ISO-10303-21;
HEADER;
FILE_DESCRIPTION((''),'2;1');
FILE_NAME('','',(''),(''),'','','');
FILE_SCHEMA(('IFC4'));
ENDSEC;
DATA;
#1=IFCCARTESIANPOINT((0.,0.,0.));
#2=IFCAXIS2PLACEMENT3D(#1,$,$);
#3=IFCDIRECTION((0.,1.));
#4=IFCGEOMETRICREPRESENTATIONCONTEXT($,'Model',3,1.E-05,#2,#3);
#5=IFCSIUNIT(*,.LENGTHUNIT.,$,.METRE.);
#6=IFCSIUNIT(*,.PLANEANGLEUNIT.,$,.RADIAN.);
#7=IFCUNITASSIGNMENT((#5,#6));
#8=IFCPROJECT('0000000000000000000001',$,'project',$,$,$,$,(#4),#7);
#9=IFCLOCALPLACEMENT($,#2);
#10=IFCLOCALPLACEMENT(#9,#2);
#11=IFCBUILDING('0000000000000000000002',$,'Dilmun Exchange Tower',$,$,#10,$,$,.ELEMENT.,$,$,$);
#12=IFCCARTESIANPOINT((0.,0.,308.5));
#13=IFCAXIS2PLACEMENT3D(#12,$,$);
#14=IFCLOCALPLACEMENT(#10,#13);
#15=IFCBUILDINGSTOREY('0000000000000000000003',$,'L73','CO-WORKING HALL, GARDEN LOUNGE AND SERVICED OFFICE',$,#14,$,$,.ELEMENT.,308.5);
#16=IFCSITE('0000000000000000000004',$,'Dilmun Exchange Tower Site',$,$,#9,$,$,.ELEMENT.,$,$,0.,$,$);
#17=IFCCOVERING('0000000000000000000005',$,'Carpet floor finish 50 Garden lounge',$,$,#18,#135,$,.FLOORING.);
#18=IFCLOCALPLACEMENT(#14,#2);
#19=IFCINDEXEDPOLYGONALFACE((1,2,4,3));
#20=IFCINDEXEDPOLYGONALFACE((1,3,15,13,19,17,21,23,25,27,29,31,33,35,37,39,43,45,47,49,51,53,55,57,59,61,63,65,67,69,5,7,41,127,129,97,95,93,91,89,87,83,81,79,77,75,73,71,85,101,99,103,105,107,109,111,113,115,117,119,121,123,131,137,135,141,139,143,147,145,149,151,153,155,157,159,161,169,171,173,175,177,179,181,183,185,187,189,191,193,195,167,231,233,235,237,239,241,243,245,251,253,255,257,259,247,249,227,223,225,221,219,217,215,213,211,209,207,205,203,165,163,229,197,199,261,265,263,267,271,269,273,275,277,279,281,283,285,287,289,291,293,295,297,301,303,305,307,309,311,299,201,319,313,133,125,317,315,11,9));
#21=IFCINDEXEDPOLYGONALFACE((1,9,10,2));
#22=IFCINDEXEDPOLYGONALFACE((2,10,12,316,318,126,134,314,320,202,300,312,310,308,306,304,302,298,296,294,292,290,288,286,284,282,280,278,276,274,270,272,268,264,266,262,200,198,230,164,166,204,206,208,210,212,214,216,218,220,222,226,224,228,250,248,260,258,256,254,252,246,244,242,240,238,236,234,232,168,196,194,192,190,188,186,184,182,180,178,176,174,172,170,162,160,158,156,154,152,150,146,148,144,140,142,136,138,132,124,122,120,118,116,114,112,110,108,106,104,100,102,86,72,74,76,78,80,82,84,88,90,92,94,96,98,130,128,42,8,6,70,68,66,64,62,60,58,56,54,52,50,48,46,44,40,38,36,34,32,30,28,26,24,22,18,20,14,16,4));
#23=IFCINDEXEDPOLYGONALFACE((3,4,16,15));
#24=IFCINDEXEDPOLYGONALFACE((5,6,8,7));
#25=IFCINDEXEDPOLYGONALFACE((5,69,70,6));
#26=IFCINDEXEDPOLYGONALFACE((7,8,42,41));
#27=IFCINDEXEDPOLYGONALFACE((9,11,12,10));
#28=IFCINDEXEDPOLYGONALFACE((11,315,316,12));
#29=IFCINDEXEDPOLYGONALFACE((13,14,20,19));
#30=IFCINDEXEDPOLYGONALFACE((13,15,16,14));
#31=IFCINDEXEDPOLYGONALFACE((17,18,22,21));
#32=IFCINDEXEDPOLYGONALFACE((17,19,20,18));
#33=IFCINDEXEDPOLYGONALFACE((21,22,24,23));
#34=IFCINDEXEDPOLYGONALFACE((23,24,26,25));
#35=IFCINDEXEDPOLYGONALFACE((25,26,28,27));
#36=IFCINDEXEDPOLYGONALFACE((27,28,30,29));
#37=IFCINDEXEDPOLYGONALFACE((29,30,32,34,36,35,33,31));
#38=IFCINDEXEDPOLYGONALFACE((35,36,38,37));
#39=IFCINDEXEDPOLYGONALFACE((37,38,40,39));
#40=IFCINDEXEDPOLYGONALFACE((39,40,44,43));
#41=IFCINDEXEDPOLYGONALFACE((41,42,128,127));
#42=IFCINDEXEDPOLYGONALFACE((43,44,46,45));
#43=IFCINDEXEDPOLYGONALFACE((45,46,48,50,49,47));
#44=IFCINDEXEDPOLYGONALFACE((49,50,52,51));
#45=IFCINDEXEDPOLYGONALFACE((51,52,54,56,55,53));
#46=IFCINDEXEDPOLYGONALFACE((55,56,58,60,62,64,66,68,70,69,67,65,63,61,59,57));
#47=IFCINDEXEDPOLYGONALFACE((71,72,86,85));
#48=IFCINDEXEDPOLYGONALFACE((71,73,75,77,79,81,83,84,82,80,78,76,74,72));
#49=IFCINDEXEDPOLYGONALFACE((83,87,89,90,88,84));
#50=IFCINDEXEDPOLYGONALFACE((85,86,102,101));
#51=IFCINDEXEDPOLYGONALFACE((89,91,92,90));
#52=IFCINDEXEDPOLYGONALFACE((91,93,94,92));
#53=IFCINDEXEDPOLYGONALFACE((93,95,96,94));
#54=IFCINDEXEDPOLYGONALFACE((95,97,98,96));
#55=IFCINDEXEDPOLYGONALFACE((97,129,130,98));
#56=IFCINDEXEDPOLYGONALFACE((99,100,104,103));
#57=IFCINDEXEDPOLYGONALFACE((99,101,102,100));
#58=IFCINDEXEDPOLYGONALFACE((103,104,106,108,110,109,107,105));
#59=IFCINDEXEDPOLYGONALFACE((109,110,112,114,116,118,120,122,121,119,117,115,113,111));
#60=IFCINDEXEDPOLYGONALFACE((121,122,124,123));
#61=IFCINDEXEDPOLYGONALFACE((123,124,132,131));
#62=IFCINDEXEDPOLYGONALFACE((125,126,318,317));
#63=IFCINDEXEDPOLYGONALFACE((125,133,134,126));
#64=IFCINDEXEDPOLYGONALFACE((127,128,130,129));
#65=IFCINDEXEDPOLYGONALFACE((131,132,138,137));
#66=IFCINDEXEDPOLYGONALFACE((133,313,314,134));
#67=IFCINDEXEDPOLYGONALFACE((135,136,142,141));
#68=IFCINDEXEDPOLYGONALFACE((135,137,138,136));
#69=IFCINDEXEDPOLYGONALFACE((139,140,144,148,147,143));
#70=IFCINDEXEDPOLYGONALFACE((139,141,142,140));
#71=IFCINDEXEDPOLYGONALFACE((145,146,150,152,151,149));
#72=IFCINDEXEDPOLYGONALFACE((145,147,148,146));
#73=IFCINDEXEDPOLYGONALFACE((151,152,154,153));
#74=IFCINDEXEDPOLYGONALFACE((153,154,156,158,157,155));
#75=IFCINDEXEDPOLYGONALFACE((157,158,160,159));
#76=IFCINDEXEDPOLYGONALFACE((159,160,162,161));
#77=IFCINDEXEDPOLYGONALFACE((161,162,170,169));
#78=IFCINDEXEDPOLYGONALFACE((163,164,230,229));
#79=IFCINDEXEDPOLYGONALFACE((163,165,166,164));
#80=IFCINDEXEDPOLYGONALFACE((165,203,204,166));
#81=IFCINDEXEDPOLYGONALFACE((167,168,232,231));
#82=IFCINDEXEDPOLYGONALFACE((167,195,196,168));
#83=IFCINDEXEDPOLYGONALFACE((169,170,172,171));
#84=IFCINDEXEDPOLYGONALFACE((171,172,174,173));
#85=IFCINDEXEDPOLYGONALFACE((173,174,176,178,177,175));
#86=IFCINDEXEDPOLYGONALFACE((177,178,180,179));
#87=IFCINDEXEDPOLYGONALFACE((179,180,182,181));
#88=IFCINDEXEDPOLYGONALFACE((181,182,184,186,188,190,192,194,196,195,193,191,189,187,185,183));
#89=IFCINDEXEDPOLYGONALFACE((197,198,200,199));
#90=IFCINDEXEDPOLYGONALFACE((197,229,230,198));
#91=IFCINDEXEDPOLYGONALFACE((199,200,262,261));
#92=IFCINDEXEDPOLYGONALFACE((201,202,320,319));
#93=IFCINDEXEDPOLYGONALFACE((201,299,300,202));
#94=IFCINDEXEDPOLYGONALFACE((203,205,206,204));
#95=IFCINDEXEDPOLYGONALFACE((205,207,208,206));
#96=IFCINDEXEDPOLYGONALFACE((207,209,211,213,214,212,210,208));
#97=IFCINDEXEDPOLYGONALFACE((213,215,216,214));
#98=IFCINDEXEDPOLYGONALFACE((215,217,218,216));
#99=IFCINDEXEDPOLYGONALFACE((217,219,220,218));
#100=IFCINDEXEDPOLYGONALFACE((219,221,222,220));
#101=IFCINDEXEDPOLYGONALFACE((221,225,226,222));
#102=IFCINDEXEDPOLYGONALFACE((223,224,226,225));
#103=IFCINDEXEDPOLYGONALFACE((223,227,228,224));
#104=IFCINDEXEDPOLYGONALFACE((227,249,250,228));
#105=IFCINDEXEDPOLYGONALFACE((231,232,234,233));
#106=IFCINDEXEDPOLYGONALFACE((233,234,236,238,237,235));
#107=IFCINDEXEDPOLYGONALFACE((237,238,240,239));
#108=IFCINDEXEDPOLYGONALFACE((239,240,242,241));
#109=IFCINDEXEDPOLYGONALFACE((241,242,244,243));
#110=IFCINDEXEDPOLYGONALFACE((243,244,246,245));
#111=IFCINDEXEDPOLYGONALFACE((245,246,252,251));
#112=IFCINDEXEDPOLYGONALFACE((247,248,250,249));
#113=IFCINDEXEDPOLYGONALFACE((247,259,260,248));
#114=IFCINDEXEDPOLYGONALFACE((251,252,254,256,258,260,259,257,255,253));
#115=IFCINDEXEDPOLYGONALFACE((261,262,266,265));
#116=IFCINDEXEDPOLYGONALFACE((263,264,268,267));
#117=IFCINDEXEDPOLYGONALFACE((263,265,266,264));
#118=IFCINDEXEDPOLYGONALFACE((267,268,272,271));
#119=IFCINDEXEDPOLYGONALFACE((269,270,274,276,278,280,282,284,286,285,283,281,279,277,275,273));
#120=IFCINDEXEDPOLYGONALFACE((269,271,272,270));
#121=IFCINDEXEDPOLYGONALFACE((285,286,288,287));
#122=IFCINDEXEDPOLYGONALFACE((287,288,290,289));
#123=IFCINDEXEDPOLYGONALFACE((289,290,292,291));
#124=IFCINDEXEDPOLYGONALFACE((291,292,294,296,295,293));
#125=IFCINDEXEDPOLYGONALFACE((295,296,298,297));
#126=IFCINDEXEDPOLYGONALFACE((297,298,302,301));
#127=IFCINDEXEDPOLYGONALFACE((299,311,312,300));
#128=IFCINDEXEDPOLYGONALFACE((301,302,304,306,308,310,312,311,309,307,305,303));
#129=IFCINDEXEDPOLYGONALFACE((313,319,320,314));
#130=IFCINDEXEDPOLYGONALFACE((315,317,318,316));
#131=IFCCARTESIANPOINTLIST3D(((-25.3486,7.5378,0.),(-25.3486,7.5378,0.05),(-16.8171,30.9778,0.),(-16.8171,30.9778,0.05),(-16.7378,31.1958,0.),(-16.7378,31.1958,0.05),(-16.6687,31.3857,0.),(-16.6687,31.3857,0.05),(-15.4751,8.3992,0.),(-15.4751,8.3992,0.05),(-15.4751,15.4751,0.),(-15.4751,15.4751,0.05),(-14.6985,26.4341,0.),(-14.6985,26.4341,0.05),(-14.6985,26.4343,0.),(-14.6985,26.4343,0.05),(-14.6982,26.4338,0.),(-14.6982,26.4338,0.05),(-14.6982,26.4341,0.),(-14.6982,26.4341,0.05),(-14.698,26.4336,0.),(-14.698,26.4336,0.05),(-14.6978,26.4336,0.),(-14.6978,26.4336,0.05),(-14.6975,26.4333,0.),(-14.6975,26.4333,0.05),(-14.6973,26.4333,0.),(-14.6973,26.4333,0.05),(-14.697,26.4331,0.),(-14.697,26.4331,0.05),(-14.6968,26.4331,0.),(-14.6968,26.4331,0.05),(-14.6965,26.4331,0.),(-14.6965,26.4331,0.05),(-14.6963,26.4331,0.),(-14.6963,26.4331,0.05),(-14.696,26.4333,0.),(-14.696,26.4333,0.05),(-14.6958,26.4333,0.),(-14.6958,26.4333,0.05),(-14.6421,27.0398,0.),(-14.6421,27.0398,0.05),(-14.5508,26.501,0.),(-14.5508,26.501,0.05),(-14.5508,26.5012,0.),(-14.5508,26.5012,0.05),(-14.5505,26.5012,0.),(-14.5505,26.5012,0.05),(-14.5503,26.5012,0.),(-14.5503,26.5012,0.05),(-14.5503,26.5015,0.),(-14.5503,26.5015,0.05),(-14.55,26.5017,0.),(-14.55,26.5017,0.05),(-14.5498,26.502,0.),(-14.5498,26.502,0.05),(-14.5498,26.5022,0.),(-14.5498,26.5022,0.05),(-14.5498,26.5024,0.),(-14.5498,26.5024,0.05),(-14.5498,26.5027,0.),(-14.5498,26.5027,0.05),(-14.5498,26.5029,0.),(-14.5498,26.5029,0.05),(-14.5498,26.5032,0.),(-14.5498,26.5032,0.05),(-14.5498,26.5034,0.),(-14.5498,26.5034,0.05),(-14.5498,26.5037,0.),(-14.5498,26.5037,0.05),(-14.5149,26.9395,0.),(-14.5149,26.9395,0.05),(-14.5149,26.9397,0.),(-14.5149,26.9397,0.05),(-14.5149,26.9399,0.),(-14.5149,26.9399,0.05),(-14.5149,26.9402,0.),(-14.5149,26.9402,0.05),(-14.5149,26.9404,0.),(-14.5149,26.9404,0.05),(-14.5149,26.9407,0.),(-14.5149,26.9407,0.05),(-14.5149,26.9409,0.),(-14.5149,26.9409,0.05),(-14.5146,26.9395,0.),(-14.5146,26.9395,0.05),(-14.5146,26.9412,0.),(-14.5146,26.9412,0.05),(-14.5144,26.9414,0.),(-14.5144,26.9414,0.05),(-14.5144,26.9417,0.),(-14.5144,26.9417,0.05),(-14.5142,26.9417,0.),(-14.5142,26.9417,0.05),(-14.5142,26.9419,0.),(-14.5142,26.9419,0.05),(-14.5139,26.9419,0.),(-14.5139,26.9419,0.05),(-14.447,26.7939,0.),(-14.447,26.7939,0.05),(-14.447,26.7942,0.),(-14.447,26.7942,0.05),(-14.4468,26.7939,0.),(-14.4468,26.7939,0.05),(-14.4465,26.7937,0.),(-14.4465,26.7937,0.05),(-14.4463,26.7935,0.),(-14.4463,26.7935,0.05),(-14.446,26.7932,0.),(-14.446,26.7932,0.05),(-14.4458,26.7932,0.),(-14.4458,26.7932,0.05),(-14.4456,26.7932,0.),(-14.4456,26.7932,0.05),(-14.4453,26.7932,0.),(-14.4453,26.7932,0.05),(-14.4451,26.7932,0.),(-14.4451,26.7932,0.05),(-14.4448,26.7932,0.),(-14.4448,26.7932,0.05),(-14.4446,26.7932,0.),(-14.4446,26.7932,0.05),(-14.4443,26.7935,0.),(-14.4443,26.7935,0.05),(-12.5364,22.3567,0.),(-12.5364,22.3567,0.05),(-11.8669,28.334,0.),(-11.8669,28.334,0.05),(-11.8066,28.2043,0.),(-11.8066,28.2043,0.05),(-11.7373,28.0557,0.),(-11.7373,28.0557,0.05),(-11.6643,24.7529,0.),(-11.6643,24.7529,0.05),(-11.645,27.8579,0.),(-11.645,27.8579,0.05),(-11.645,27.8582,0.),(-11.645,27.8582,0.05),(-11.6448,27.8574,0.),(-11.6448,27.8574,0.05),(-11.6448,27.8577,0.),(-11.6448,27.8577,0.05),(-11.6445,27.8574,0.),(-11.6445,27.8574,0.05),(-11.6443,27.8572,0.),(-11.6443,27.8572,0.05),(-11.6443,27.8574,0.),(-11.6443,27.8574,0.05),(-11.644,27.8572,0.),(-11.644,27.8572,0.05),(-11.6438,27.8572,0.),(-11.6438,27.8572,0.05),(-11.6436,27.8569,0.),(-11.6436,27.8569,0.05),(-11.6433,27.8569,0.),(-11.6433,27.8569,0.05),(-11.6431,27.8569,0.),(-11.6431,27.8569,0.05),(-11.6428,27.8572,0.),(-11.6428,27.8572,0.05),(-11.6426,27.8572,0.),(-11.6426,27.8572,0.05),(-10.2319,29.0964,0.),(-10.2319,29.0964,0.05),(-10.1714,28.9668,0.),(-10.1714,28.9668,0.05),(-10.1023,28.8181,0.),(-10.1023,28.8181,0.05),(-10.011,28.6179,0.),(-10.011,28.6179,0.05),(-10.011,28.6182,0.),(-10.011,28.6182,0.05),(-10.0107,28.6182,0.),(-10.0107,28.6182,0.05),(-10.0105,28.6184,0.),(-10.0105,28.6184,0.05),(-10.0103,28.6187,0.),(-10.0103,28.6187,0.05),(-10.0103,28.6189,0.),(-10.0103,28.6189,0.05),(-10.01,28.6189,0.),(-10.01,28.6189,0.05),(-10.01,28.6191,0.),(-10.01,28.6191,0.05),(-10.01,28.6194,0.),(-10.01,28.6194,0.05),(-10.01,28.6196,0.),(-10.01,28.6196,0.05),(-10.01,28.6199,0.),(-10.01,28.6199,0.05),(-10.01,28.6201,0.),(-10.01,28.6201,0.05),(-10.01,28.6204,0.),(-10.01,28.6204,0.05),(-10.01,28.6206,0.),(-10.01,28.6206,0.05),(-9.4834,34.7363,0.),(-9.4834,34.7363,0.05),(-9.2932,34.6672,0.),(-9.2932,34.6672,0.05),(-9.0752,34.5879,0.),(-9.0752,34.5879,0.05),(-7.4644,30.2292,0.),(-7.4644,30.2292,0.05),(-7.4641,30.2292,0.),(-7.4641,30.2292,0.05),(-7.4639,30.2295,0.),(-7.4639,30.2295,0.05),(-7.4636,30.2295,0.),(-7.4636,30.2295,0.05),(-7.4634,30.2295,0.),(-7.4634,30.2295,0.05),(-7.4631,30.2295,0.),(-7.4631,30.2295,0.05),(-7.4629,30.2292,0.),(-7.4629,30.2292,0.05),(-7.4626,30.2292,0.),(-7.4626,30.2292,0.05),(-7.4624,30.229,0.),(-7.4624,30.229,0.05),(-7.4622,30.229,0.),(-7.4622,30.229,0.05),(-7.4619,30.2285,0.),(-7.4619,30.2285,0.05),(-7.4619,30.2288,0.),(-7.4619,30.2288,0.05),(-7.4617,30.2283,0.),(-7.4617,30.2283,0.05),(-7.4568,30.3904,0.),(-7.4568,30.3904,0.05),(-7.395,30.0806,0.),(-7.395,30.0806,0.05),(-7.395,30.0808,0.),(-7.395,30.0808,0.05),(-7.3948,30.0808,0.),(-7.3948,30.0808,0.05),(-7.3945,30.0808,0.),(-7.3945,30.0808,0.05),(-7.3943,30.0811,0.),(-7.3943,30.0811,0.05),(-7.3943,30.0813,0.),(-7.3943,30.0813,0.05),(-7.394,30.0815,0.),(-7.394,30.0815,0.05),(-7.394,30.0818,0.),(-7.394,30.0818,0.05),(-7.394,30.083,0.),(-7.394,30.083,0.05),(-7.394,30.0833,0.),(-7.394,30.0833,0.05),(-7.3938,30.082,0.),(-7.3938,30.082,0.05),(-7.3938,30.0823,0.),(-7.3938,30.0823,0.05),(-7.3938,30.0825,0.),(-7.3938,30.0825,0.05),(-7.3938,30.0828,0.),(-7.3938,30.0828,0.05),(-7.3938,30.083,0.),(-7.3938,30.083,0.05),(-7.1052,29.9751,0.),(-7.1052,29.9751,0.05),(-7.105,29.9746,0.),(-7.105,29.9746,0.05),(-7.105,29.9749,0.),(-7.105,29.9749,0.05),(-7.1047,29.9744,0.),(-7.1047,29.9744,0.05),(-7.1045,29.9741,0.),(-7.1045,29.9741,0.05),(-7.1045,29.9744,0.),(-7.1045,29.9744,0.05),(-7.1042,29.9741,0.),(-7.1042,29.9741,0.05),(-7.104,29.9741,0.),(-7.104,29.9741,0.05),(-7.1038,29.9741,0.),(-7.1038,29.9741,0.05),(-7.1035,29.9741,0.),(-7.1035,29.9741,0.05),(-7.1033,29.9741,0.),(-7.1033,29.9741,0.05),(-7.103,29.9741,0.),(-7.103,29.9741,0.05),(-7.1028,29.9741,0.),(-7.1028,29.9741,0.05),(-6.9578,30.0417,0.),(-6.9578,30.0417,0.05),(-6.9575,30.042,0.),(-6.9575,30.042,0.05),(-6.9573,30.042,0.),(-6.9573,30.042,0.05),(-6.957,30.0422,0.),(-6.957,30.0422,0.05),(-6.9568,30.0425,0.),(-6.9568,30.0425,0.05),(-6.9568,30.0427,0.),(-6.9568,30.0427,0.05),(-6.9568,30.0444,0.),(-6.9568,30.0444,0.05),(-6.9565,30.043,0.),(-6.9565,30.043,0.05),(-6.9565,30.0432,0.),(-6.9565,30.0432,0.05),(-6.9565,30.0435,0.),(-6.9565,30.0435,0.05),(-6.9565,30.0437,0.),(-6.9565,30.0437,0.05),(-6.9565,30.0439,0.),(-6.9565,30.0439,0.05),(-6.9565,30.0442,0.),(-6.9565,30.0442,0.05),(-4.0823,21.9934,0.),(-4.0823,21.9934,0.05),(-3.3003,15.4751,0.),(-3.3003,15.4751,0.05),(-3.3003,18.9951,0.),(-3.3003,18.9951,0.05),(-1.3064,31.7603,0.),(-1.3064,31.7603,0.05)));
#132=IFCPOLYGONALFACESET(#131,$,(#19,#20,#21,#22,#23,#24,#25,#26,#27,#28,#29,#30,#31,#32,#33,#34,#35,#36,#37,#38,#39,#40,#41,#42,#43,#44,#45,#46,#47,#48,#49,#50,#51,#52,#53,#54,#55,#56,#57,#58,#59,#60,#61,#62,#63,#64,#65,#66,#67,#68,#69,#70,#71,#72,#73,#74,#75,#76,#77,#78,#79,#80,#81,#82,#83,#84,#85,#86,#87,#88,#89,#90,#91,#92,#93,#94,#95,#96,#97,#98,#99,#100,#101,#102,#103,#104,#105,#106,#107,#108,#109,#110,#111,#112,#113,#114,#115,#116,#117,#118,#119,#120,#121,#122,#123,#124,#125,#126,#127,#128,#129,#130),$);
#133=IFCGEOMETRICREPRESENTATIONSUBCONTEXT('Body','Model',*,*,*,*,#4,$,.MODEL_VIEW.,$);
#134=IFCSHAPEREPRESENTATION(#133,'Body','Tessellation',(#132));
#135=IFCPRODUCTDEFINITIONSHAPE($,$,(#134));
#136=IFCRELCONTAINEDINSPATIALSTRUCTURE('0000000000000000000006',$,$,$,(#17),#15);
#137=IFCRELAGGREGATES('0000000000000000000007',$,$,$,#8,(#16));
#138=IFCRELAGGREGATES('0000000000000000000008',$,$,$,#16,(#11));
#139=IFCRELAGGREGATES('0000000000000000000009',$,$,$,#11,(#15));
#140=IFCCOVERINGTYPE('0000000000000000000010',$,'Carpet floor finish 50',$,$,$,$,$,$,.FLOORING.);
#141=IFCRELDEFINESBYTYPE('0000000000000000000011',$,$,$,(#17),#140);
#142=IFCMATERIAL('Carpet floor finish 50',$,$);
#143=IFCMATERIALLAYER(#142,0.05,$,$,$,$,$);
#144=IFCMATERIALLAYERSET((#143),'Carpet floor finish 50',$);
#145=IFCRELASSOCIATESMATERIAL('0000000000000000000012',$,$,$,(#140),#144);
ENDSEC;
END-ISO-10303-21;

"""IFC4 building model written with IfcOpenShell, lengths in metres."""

from ifc_helpers import new_model, si_unit, direction, frame, origin, place, context, subcontext, project, spatial, polyline, outline, extrude, material, layer, layer_set, type_object, element, save


model = new_model("IFC4")

# Units and contexts
model_context = context("Model", 3, precision=1e-05, world=origin(), true_north=direction((0.0, 1.0)))
body_context = subcontext(model_context, "Body", "Model", "MODEL_VIEW")
ifc_project = project(units=[si_unit("LENGTHUNIT", "METRE"), si_unit("PLANEANGLEUNIT", "RADIAN")], contexts=[model_context])

# Site, building, storey
site_placement = place(None, origin())
site = spatial("IfcSite", under=ifc_project, at=site_placement, Name="Dilmun Exchange Tower Site", CompositionType="ELEMENT", RefElevation=0.0)
building_placement = place(site_placement, origin())
building = spatial("IfcBuilding", under=site, at=building_placement, Name="Dilmun Exchange Tower", CompositionType="ELEMENT")
storey_placement = place(building_placement, frame((0.0, 0.0, 308.5)))
storey = spatial("IfcBuildingStorey", under=building, at=storey_placement, Name="L73", Description="CO-WORKING HALL, GARDEN LOUNGE AND SERVICED OFFICE", CompositionType="ELEMENT", Elevation=308.5)

# Covering
ifc_material_1 = material(Name="Carpet floor finish 50")
ifc_layer_1 = layer(ifc_material_1, 0.05)
ifc_layer_set_1 = layer_set([ifc_layer_1], Name="Carpet floor finish 50")
covering_type_1 = type_object("IfcCoveringType", Name="Carpet floor finish 50", PredefinedType="FLOORING", material=ifc_layer_set_1)
covering_1_placement = place(storey_placement, origin())
element("IfcCovering", 1, at=covering_1_placement, inside=storey, type_object=covering_type_1, Name="Carpet floor finish 50 Garden lounge", PredefinedType="FLOORING", context=body_context, shape_type="SweptSolid", body=[
    extrude(outline(polyline([(-15.4751, 15.4751), (-15.4751, 8.3992), (-25.3486, 7.5378), (-16.8171, 30.9778), (-14.6985, 26.4343), (-14.6985, 26.4341), (-14.6982, 26.4341), (-14.6982, 26.4338), (-14.698, 26.4336), (-14.698, 26.4336), (-14.6978, 26.4336), (-14.6975, 26.4333), (-14.6975, 26.4333), (-14.6973, 26.4333), (-14.697, 26.4331), (-14.6968, 26.4331), (-14.6965, 26.4331), (-14.6963, 26.4331), (-14.6963, 26.4331), (-14.696, 26.4333), (-14.6958, 26.4333), (-14.5508, 26.501), (-14.5508, 26.5012), (-14.5505, 26.5012), (-14.5503, 26.5012), (-14.5503, 26.5015), (-14.55, 26.5017), (-14.55, 26.5017), (-14.5498, 26.502), (-14.5498, 26.5022), (-14.5498, 26.5022), (-14.5498, 26.5024), (-14.5498, 26.5027), (-14.5498, 26.5029), (-14.5498, 26.5032), (-14.5498, 26.5034), (-14.5498, 26.5034), (-14.5498, 26.5037), (-16.7378, 31.1958), (-16.6687, 31.3857), (-14.6421, 27.0398), (-11.8669, 28.334), (-11.8066, 28.2043), (-14.5139, 26.9419), (-14.5139, 26.9419), (-14.5142, 26.9419), (-14.5142, 26.9417), (-14.5144, 26.9417), (-14.5144, 26.9414), (-14.5146, 26.9412), (-14.5146, 26.9412), (-14.5149, 26.9409), (-14.5149, 26.9407), (-14.5149, 26.9404), (-14.5149, 26.9402), (-14.5149, 26.9402), (-14.5149, 26.9399), (-14.5149, 26.9397), (-14.5149, 26.9395), (-14.5146, 26.9395), (-14.447, 26.7942), (-14.447, 26.7942), (-14.447, 26.7939), (-14.4468, 26.7939), (-14.4465, 26.7937), (-14.4465, 26.7937), (-14.4463, 26.7935), (-14.4463, 26.7935), (-14.446, 26.7932), (-14.4458, 26.7932), (-14.4456, 26.7932), (-14.4453, 26.7932), (-14.4453, 26.7932), (-14.4451, 26.7932), (-14.4448, 26.7932), (-14.4446, 26.7932), (-14.4443, 26.7935), (-11.7373, 28.0557), (-11.645, 27.8582), (-11.645, 27.8579), (-11.645, 27.8579), (-11.6448, 27.8577), (-11.6448, 27.8574), (-11.6445, 27.8574), (-11.6443, 27.8574), (-11.6443, 27.8572), (-11.644, 27.8572), (-11.6438, 27.8572), (-11.6436, 27.8569), (-11.6433, 27.8569), (-11.6433, 27.8569), (-11.6431, 27.8569), (-11.6428, 27.8572), (-11.6426, 27.8572), (-11.6426, 27.8572), (-10.011, 28.6179), (-10.011, 28.6182), (-10.0107, 28.6182), (-10.0105, 28.6184), (-10.0105, 28.6184), (-10.0103, 28.6187), (-10.0103, 28.6189), (-10.01, 28.6189), (-10.01, 28.6191), (-10.01, 28.6194), (-10.01, 28.6194), (-10.01, 28.6196), (-10.01, 28.6199), (-10.01, 28.6201), (-10.01, 28.6204), (-10.01, 28.6206), (-10.01, 28.6206), (-10.1023, 28.8181), (-7.395, 30.0806), (-7.395, 30.0808), (-7.3948, 30.0808), (-7.3945, 30.0808), (-7.3943, 30.0811), (-7.3943, 30.0813), (-7.3943, 30.0813), (-7.394, 30.0815), (-7.394, 30.0818), (-7.394, 30.0818), (-7.3938, 30.082), (-7.3938, 30.0823), (-7.3938, 30.0825), (-7.3938, 30.0828), (-7.3938, 30.083), (-7.394, 30.083), (-7.394, 30.0833), (-7.4617, 30.2283), (-7.4619, 30.2285), (-7.4619, 30.2285), (-7.4619, 30.2288), (-7.4622, 30.229), (-7.4624, 30.229), (-7.4624, 30.229), (-7.4626, 30.2292), (-7.4629, 30.2292), (-7.4629, 30.2292), (-7.4631, 30.2295), (-7.4634, 30.2295), (-7.4636, 30.2295), (-7.4639, 30.2295), (-7.4641, 30.2292), (-7.4641, 30.2292), (-7.4644, 30.2292), (-10.1714, 28.9668), (-10.2319, 29.0964), (-7.4568, 30.3904), (-9.4834, 34.7363), (-9.2932, 34.6672), (-7.1052, 29.9751), (-7.1052, 29.9751), (-7.105, 29.9749), (-7.105, 29.9746), (-7.105, 29.9746), (-7.1047, 29.9744), (-7.1045, 29.9744), (-7.1045, 29.9741), (-7.1042, 29.9741), (-7.104, 29.9741), (-7.1038, 29.9741), (-7.1035, 29.9741), (-7.1035, 29.9741), (-7.1033, 29.9741), (-7.103, 29.9741), (-7.1028, 29.9741), (-7.1028, 29.9741), (-6.9578, 30.0417), (-6.9575, 30.042), (-6.9573, 30.042), (-6.9573, 30.042), (-6.957, 30.0422), (-6.9568, 30.0425), (-6.9568, 30.0425), (-6.9568, 30.0427), (-6.9565, 30.043), (-6.9565, 30.0432), (-6.9565, 30.0432), (-6.9565, 30.0435), (-6.9565, 30.0437), (-6.9565, 30.0439), (-6.9565, 30.0442), (-6.9565, 30.0442), (-6.9568, 30.0444), (-9.0752, 34.5879), (-1.3064, 31.7603), (-4.0823, 21.9934), (-11.6643, 24.7529), (-12.5364, 22.3567), (-3.3003, 18.9951), (-3.3003, 15.4751), (-15.4751, 15.4751)])), origin(), (0.0, 0.0, 1.0), 0.05),
])

save(model, "model.ifc")
